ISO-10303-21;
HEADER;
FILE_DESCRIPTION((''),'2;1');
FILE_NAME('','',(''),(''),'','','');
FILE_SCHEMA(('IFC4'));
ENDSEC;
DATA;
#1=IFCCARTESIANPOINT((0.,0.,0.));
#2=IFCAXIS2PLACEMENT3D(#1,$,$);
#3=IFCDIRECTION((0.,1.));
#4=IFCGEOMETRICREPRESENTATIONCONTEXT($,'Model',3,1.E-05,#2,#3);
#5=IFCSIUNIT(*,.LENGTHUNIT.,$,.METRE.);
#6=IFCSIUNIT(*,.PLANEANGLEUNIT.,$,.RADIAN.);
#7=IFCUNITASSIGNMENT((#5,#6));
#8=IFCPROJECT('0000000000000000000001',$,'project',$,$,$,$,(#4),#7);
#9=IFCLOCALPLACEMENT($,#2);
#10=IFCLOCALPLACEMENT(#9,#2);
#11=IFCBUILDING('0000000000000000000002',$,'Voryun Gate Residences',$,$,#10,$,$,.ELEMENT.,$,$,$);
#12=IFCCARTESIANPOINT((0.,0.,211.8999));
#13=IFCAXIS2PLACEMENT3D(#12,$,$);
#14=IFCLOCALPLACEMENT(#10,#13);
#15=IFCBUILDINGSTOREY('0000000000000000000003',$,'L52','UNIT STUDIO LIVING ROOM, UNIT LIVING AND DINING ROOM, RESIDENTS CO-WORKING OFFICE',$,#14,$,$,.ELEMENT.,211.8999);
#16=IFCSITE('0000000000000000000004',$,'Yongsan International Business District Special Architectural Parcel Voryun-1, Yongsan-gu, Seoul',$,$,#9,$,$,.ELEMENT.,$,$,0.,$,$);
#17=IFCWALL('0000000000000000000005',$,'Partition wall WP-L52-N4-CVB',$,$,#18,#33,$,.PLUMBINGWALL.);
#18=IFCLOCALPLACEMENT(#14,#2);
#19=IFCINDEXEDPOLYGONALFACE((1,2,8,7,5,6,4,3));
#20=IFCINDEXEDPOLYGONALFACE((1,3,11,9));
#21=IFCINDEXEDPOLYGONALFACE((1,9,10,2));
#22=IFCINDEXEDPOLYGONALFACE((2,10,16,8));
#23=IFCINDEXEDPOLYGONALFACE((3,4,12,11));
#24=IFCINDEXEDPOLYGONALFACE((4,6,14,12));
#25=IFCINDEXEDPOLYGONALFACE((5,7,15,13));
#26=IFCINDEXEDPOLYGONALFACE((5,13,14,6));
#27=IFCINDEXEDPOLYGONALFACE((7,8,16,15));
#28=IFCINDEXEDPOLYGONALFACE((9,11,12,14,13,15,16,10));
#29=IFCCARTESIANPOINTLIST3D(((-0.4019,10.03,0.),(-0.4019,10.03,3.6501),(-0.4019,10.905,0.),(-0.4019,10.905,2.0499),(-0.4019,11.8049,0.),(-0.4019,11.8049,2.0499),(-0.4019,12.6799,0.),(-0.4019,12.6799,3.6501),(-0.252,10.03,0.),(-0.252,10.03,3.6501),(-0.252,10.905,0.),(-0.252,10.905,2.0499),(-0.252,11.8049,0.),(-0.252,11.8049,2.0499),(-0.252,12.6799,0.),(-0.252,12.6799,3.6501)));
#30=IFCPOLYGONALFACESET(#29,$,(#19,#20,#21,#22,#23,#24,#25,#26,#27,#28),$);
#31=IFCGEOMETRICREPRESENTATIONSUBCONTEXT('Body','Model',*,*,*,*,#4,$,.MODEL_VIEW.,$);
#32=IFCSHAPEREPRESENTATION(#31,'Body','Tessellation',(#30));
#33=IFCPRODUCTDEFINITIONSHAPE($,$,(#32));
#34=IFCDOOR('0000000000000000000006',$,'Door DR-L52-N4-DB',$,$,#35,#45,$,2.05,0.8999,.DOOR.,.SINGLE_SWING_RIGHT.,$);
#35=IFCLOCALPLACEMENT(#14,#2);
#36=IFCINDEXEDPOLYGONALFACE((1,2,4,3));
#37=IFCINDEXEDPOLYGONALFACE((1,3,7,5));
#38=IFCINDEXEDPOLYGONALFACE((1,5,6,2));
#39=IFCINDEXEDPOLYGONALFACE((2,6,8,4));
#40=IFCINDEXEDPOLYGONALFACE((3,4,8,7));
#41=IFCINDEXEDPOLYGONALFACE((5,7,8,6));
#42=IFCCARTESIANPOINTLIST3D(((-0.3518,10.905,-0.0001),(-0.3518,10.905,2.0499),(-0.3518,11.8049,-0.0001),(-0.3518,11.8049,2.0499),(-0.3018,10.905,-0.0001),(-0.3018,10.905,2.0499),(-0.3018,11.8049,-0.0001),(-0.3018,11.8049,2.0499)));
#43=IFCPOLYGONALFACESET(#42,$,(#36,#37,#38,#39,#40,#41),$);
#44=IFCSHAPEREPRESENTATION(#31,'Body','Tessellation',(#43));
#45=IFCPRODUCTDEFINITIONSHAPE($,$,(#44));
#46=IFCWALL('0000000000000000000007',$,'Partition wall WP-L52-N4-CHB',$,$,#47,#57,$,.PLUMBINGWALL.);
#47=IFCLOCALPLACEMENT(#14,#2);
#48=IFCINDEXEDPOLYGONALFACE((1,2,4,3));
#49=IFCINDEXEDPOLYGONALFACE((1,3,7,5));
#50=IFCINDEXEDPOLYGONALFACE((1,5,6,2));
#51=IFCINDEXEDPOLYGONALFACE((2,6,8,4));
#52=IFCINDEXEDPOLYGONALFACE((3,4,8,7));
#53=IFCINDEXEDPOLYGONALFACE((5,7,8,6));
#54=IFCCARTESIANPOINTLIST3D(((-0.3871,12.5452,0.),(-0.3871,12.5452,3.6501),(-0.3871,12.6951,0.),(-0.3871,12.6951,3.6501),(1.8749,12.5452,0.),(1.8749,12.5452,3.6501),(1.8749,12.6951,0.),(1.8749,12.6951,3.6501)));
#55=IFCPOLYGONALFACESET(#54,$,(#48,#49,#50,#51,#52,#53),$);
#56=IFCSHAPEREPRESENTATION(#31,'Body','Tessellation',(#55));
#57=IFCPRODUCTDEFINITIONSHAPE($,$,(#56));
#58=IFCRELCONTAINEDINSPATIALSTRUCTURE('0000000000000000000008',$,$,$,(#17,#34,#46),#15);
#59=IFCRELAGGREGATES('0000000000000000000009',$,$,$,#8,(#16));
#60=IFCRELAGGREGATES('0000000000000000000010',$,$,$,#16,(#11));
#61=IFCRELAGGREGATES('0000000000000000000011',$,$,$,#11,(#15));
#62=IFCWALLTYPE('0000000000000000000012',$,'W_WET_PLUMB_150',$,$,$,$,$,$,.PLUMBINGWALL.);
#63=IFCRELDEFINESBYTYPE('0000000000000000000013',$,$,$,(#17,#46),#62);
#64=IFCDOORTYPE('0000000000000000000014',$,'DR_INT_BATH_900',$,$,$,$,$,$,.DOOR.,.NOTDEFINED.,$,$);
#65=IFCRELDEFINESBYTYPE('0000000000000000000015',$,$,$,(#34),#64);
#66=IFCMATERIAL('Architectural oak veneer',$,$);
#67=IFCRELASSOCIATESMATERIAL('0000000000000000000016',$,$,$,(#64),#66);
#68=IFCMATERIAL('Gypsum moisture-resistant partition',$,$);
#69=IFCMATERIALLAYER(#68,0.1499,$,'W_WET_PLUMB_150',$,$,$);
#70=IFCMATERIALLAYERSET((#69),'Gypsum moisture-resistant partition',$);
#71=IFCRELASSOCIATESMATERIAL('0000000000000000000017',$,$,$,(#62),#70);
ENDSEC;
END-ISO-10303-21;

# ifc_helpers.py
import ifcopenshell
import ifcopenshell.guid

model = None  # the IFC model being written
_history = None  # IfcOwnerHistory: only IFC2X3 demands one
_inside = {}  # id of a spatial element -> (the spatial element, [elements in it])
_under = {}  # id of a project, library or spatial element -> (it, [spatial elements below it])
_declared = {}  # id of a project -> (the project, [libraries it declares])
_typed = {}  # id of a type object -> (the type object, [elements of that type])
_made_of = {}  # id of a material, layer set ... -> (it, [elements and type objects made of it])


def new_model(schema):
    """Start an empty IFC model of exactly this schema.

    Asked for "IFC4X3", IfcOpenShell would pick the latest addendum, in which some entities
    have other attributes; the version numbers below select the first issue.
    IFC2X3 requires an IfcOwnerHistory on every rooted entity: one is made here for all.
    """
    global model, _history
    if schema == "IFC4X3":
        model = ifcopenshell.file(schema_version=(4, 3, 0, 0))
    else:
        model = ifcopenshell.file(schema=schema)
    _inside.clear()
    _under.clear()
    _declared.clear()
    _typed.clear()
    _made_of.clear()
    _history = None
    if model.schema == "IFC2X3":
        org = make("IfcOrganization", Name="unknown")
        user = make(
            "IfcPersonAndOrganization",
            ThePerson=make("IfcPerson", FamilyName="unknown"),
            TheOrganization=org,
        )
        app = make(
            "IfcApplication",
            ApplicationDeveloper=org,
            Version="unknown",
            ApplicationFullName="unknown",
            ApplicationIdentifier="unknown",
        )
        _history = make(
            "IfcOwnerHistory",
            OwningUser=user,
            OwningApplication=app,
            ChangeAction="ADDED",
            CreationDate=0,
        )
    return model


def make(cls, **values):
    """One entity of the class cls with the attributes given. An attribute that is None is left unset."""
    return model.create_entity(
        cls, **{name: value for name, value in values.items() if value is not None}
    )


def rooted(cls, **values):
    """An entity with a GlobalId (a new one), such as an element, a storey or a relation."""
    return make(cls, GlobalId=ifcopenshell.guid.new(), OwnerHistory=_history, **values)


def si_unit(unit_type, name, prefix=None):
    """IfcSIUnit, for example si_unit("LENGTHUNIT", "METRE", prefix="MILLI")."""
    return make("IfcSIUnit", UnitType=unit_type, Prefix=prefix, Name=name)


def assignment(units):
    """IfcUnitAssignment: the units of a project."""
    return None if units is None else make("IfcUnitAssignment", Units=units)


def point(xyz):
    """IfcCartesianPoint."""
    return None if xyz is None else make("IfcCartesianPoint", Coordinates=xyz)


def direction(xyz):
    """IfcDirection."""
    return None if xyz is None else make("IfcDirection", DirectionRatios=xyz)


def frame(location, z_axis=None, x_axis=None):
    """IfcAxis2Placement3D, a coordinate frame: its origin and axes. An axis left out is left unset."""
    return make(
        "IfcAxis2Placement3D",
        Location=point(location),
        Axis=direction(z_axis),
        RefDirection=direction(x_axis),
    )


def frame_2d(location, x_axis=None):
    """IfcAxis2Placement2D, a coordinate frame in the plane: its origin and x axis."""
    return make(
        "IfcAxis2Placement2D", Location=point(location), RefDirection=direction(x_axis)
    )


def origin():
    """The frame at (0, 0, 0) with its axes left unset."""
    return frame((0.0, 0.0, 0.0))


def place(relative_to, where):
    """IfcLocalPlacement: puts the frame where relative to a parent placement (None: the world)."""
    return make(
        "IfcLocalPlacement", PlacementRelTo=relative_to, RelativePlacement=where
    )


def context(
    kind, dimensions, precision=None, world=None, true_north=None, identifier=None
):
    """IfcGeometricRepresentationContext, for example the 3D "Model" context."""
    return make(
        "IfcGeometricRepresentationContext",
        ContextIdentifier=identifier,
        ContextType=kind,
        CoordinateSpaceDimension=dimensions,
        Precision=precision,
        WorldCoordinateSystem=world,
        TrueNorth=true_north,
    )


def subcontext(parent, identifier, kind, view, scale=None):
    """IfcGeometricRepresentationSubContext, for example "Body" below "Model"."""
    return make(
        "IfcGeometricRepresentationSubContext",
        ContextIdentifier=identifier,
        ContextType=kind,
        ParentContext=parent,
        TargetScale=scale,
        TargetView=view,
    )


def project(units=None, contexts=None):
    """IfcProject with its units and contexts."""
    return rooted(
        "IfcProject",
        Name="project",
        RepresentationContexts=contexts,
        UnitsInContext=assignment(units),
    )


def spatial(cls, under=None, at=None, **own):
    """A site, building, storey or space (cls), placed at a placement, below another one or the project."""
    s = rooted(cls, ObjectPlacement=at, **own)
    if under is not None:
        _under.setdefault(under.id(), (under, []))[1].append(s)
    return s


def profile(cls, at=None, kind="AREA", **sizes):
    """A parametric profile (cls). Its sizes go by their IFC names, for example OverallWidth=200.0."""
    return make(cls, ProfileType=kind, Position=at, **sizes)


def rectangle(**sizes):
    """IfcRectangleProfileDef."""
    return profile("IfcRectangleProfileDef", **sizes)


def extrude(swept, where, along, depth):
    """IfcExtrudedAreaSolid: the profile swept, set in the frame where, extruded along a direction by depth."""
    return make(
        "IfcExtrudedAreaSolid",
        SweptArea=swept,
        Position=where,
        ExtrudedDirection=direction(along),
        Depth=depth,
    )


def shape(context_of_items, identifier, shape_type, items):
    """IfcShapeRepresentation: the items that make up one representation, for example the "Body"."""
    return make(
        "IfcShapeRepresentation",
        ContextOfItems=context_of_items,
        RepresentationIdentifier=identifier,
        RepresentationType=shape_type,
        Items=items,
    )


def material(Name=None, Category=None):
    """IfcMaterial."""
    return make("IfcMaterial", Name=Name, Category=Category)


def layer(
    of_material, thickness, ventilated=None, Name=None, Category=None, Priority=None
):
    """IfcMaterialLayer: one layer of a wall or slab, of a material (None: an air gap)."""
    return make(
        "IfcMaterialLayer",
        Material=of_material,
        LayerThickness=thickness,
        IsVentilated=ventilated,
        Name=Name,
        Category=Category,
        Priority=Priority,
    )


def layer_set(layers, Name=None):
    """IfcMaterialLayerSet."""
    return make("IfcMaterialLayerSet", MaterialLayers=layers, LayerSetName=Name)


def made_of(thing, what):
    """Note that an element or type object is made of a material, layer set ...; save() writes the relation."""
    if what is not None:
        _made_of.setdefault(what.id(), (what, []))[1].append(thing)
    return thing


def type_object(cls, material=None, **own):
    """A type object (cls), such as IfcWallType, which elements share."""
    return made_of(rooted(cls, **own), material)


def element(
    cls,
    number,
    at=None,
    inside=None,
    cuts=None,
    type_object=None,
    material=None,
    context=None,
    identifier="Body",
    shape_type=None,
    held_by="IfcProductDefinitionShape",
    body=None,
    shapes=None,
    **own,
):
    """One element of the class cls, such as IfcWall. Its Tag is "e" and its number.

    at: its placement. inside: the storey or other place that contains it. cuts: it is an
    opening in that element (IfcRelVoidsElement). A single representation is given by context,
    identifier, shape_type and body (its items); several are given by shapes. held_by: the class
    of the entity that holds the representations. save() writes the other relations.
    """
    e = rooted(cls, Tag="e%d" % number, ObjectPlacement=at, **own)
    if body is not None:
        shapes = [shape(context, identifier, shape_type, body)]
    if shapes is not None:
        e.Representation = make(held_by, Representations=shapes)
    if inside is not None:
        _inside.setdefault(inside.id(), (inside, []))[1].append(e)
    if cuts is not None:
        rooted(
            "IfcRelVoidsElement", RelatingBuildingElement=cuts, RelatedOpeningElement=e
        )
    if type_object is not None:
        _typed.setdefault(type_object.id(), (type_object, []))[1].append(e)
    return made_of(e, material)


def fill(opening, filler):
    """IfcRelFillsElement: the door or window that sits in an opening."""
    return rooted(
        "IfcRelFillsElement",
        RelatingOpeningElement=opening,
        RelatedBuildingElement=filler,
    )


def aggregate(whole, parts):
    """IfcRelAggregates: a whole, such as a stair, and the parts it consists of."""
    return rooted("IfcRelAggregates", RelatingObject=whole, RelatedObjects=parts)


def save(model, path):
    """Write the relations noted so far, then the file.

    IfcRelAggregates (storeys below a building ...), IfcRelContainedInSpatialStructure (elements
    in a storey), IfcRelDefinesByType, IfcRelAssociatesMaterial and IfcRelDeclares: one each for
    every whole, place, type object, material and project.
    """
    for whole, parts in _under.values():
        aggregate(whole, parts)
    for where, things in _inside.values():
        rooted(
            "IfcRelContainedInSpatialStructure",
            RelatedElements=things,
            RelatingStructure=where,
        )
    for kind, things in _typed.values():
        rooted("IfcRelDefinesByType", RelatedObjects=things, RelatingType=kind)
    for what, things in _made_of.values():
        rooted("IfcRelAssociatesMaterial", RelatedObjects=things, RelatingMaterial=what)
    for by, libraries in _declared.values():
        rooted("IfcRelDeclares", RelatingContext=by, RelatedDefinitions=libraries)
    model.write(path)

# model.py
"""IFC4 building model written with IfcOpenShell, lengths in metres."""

from ifc_helpers import new_model, si_unit, direction, frame, frame_2d, origin, place, context, subcontext, project, spatial, rectangle, extrude, material, layer, layer_set, type_object, element, fill, save


model = new_model("IFC4")

# Units and contexts
model_context = context("Model", 3, precision=1e-05, world=origin(), true_north=direction((0.0, 1.0)))
body_context = subcontext(model_context, "Body", "Model", "MODEL_VIEW")
ifc_project = project(units=[si_unit("LENGTHUNIT", "METRE"), si_unit("PLANEANGLEUNIT", "RADIAN")], contexts=[model_context])

# Site, building, storey
site_placement = place(None, origin())
site = spatial("IfcSite", under=ifc_project, at=site_placement, Name="Yongsan International Business District Special Architectural Parcel Voryun-1, Yongsan-gu, Seoul", CompositionType="ELEMENT", RefElevation=0.0)
building_placement = place(site_placement, origin())
building = spatial("IfcBuilding", under=site, at=building_placement, Name="Voryun Gate Residences", CompositionType="ELEMENT")
storey_placement = place(building_placement, frame((0.0, 0.0, 211.8999)))
storey = spatial("IfcBuildingStorey", under=building, at=storey_placement, Name="L52", Description="UNIT STUDIO LIVING ROOM, UNIT LIVING AND DINING ROOM, RESIDENTS CO-WORKING OFFICE", CompositionType="ELEMENT", Elevation=211.8999)

# Shared definitions
ifc_material_1 = material(Name="Architectural oak veneer")
door_type = type_object("IfcDoorType", Name="DR_INT_BATH_900", OperationType="NOTDEFINED", PredefinedType="DOOR", material=ifc_material_1)

# Shared definitions
ifc_material_2 = material(Name="Gypsum moisture-resistant partition")
ifc_layer_1 = layer(ifc_material_2, 0.1499, Name="W_WET_PLUMB_150")
ifc_layer_set_1 = layer_set([ifc_layer_1], Name="Gypsum moisture-resistant partition")
wall_type_1 = type_object("IfcWallType", Name="W_WET_PLUMB_150", PredefinedType="PLUMBINGWALL", material=ifc_layer_set_1)

# Wall, opening, door
wall_1_placement = place(storey_placement, frame((-0.3269, 10.03, 0.0), z_axis=(0.0, 0.0, 1.0), x_axis=(0.0, 1.0, 0.0)))
wall_1 = element("IfcWall", 1, at=wall_1_placement, inside=storey, type_object=wall_type_1, Name="Partition wall WP-L52-N4-CVB", PredefinedType="PLUMBINGWALL", context=body_context, shape_type="SweptSolid", body=[
    extrude(rectangle(XDim=2.6499, YDim=0.1499, at=frame_2d((1.325, 0.0))), origin(), (0.0, 0.0, 1.0), 3.6501),
])
opening_1_placement = place(wall_1_placement, frame((0.875, 0.0, 0.0)))
opening_1 = element("IfcOpeningElement", 2, at=opening_1_placement, cuts=wall_1, PredefinedType="OPENING", context=body_context, shape_type="SweptSolid", body=[
    extrude(rectangle(XDim=0.8999, YDim=2.05, at=frame_2d((0.45, 1.0249))), frame((0.0, 0.085, 0.0), z_axis=(0.0, -1.0, 0.0), x_axis=(1.0, 0.0, 0.0)), (0.0, 0.0, 1.0), 0.1699),
])
door_1_placement = place(opening_1_placement, origin())
door_1 = element("IfcDoor", 3, at=door_1_placement, inside=storey, type_object=door_type, Name="Door DR-L52-N4-DB", OperationType="SINGLE_SWING_RIGHT", OverallHeight=2.05, OverallWidth=0.8999, PredefinedType="DOOR", context=body_context, shape_type="SweptSolid", body=[
    extrude(rectangle(XDim=0.8999, YDim=2.05, at=frame_2d((0.45, 1.0249))), frame((0.0, 0.0249, 0.0), z_axis=(0.0, -1.0, 0.0), x_axis=(1.0, 0.0, 0.0)), (0.0, 0.0, 1.0), 0.05),
])
fill(opening_1, door_1)

# Wall
wall_2_placement = place(storey_placement, frame((-0.387, 12.6201, 0.0), z_axis=(0.0, 0.0, 1.0), x_axis=(1.0, 0.0, 0.0)))
element("IfcWall", 4, at=wall_2_placement, inside=storey, type_object=wall_type_1, Name="Partition wall WP-L52-N4-CHB", PredefinedType="PLUMBINGWALL", context=body_context, shape_type="SweptSolid", body=[
    extrude(rectangle(XDim=2.262, YDim=0.1499, at=frame_2d((1.1309, 0.0))), origin(), (0.0, 0.0, 1.0), 3.6501),
])

save(model, "model.ifc")
